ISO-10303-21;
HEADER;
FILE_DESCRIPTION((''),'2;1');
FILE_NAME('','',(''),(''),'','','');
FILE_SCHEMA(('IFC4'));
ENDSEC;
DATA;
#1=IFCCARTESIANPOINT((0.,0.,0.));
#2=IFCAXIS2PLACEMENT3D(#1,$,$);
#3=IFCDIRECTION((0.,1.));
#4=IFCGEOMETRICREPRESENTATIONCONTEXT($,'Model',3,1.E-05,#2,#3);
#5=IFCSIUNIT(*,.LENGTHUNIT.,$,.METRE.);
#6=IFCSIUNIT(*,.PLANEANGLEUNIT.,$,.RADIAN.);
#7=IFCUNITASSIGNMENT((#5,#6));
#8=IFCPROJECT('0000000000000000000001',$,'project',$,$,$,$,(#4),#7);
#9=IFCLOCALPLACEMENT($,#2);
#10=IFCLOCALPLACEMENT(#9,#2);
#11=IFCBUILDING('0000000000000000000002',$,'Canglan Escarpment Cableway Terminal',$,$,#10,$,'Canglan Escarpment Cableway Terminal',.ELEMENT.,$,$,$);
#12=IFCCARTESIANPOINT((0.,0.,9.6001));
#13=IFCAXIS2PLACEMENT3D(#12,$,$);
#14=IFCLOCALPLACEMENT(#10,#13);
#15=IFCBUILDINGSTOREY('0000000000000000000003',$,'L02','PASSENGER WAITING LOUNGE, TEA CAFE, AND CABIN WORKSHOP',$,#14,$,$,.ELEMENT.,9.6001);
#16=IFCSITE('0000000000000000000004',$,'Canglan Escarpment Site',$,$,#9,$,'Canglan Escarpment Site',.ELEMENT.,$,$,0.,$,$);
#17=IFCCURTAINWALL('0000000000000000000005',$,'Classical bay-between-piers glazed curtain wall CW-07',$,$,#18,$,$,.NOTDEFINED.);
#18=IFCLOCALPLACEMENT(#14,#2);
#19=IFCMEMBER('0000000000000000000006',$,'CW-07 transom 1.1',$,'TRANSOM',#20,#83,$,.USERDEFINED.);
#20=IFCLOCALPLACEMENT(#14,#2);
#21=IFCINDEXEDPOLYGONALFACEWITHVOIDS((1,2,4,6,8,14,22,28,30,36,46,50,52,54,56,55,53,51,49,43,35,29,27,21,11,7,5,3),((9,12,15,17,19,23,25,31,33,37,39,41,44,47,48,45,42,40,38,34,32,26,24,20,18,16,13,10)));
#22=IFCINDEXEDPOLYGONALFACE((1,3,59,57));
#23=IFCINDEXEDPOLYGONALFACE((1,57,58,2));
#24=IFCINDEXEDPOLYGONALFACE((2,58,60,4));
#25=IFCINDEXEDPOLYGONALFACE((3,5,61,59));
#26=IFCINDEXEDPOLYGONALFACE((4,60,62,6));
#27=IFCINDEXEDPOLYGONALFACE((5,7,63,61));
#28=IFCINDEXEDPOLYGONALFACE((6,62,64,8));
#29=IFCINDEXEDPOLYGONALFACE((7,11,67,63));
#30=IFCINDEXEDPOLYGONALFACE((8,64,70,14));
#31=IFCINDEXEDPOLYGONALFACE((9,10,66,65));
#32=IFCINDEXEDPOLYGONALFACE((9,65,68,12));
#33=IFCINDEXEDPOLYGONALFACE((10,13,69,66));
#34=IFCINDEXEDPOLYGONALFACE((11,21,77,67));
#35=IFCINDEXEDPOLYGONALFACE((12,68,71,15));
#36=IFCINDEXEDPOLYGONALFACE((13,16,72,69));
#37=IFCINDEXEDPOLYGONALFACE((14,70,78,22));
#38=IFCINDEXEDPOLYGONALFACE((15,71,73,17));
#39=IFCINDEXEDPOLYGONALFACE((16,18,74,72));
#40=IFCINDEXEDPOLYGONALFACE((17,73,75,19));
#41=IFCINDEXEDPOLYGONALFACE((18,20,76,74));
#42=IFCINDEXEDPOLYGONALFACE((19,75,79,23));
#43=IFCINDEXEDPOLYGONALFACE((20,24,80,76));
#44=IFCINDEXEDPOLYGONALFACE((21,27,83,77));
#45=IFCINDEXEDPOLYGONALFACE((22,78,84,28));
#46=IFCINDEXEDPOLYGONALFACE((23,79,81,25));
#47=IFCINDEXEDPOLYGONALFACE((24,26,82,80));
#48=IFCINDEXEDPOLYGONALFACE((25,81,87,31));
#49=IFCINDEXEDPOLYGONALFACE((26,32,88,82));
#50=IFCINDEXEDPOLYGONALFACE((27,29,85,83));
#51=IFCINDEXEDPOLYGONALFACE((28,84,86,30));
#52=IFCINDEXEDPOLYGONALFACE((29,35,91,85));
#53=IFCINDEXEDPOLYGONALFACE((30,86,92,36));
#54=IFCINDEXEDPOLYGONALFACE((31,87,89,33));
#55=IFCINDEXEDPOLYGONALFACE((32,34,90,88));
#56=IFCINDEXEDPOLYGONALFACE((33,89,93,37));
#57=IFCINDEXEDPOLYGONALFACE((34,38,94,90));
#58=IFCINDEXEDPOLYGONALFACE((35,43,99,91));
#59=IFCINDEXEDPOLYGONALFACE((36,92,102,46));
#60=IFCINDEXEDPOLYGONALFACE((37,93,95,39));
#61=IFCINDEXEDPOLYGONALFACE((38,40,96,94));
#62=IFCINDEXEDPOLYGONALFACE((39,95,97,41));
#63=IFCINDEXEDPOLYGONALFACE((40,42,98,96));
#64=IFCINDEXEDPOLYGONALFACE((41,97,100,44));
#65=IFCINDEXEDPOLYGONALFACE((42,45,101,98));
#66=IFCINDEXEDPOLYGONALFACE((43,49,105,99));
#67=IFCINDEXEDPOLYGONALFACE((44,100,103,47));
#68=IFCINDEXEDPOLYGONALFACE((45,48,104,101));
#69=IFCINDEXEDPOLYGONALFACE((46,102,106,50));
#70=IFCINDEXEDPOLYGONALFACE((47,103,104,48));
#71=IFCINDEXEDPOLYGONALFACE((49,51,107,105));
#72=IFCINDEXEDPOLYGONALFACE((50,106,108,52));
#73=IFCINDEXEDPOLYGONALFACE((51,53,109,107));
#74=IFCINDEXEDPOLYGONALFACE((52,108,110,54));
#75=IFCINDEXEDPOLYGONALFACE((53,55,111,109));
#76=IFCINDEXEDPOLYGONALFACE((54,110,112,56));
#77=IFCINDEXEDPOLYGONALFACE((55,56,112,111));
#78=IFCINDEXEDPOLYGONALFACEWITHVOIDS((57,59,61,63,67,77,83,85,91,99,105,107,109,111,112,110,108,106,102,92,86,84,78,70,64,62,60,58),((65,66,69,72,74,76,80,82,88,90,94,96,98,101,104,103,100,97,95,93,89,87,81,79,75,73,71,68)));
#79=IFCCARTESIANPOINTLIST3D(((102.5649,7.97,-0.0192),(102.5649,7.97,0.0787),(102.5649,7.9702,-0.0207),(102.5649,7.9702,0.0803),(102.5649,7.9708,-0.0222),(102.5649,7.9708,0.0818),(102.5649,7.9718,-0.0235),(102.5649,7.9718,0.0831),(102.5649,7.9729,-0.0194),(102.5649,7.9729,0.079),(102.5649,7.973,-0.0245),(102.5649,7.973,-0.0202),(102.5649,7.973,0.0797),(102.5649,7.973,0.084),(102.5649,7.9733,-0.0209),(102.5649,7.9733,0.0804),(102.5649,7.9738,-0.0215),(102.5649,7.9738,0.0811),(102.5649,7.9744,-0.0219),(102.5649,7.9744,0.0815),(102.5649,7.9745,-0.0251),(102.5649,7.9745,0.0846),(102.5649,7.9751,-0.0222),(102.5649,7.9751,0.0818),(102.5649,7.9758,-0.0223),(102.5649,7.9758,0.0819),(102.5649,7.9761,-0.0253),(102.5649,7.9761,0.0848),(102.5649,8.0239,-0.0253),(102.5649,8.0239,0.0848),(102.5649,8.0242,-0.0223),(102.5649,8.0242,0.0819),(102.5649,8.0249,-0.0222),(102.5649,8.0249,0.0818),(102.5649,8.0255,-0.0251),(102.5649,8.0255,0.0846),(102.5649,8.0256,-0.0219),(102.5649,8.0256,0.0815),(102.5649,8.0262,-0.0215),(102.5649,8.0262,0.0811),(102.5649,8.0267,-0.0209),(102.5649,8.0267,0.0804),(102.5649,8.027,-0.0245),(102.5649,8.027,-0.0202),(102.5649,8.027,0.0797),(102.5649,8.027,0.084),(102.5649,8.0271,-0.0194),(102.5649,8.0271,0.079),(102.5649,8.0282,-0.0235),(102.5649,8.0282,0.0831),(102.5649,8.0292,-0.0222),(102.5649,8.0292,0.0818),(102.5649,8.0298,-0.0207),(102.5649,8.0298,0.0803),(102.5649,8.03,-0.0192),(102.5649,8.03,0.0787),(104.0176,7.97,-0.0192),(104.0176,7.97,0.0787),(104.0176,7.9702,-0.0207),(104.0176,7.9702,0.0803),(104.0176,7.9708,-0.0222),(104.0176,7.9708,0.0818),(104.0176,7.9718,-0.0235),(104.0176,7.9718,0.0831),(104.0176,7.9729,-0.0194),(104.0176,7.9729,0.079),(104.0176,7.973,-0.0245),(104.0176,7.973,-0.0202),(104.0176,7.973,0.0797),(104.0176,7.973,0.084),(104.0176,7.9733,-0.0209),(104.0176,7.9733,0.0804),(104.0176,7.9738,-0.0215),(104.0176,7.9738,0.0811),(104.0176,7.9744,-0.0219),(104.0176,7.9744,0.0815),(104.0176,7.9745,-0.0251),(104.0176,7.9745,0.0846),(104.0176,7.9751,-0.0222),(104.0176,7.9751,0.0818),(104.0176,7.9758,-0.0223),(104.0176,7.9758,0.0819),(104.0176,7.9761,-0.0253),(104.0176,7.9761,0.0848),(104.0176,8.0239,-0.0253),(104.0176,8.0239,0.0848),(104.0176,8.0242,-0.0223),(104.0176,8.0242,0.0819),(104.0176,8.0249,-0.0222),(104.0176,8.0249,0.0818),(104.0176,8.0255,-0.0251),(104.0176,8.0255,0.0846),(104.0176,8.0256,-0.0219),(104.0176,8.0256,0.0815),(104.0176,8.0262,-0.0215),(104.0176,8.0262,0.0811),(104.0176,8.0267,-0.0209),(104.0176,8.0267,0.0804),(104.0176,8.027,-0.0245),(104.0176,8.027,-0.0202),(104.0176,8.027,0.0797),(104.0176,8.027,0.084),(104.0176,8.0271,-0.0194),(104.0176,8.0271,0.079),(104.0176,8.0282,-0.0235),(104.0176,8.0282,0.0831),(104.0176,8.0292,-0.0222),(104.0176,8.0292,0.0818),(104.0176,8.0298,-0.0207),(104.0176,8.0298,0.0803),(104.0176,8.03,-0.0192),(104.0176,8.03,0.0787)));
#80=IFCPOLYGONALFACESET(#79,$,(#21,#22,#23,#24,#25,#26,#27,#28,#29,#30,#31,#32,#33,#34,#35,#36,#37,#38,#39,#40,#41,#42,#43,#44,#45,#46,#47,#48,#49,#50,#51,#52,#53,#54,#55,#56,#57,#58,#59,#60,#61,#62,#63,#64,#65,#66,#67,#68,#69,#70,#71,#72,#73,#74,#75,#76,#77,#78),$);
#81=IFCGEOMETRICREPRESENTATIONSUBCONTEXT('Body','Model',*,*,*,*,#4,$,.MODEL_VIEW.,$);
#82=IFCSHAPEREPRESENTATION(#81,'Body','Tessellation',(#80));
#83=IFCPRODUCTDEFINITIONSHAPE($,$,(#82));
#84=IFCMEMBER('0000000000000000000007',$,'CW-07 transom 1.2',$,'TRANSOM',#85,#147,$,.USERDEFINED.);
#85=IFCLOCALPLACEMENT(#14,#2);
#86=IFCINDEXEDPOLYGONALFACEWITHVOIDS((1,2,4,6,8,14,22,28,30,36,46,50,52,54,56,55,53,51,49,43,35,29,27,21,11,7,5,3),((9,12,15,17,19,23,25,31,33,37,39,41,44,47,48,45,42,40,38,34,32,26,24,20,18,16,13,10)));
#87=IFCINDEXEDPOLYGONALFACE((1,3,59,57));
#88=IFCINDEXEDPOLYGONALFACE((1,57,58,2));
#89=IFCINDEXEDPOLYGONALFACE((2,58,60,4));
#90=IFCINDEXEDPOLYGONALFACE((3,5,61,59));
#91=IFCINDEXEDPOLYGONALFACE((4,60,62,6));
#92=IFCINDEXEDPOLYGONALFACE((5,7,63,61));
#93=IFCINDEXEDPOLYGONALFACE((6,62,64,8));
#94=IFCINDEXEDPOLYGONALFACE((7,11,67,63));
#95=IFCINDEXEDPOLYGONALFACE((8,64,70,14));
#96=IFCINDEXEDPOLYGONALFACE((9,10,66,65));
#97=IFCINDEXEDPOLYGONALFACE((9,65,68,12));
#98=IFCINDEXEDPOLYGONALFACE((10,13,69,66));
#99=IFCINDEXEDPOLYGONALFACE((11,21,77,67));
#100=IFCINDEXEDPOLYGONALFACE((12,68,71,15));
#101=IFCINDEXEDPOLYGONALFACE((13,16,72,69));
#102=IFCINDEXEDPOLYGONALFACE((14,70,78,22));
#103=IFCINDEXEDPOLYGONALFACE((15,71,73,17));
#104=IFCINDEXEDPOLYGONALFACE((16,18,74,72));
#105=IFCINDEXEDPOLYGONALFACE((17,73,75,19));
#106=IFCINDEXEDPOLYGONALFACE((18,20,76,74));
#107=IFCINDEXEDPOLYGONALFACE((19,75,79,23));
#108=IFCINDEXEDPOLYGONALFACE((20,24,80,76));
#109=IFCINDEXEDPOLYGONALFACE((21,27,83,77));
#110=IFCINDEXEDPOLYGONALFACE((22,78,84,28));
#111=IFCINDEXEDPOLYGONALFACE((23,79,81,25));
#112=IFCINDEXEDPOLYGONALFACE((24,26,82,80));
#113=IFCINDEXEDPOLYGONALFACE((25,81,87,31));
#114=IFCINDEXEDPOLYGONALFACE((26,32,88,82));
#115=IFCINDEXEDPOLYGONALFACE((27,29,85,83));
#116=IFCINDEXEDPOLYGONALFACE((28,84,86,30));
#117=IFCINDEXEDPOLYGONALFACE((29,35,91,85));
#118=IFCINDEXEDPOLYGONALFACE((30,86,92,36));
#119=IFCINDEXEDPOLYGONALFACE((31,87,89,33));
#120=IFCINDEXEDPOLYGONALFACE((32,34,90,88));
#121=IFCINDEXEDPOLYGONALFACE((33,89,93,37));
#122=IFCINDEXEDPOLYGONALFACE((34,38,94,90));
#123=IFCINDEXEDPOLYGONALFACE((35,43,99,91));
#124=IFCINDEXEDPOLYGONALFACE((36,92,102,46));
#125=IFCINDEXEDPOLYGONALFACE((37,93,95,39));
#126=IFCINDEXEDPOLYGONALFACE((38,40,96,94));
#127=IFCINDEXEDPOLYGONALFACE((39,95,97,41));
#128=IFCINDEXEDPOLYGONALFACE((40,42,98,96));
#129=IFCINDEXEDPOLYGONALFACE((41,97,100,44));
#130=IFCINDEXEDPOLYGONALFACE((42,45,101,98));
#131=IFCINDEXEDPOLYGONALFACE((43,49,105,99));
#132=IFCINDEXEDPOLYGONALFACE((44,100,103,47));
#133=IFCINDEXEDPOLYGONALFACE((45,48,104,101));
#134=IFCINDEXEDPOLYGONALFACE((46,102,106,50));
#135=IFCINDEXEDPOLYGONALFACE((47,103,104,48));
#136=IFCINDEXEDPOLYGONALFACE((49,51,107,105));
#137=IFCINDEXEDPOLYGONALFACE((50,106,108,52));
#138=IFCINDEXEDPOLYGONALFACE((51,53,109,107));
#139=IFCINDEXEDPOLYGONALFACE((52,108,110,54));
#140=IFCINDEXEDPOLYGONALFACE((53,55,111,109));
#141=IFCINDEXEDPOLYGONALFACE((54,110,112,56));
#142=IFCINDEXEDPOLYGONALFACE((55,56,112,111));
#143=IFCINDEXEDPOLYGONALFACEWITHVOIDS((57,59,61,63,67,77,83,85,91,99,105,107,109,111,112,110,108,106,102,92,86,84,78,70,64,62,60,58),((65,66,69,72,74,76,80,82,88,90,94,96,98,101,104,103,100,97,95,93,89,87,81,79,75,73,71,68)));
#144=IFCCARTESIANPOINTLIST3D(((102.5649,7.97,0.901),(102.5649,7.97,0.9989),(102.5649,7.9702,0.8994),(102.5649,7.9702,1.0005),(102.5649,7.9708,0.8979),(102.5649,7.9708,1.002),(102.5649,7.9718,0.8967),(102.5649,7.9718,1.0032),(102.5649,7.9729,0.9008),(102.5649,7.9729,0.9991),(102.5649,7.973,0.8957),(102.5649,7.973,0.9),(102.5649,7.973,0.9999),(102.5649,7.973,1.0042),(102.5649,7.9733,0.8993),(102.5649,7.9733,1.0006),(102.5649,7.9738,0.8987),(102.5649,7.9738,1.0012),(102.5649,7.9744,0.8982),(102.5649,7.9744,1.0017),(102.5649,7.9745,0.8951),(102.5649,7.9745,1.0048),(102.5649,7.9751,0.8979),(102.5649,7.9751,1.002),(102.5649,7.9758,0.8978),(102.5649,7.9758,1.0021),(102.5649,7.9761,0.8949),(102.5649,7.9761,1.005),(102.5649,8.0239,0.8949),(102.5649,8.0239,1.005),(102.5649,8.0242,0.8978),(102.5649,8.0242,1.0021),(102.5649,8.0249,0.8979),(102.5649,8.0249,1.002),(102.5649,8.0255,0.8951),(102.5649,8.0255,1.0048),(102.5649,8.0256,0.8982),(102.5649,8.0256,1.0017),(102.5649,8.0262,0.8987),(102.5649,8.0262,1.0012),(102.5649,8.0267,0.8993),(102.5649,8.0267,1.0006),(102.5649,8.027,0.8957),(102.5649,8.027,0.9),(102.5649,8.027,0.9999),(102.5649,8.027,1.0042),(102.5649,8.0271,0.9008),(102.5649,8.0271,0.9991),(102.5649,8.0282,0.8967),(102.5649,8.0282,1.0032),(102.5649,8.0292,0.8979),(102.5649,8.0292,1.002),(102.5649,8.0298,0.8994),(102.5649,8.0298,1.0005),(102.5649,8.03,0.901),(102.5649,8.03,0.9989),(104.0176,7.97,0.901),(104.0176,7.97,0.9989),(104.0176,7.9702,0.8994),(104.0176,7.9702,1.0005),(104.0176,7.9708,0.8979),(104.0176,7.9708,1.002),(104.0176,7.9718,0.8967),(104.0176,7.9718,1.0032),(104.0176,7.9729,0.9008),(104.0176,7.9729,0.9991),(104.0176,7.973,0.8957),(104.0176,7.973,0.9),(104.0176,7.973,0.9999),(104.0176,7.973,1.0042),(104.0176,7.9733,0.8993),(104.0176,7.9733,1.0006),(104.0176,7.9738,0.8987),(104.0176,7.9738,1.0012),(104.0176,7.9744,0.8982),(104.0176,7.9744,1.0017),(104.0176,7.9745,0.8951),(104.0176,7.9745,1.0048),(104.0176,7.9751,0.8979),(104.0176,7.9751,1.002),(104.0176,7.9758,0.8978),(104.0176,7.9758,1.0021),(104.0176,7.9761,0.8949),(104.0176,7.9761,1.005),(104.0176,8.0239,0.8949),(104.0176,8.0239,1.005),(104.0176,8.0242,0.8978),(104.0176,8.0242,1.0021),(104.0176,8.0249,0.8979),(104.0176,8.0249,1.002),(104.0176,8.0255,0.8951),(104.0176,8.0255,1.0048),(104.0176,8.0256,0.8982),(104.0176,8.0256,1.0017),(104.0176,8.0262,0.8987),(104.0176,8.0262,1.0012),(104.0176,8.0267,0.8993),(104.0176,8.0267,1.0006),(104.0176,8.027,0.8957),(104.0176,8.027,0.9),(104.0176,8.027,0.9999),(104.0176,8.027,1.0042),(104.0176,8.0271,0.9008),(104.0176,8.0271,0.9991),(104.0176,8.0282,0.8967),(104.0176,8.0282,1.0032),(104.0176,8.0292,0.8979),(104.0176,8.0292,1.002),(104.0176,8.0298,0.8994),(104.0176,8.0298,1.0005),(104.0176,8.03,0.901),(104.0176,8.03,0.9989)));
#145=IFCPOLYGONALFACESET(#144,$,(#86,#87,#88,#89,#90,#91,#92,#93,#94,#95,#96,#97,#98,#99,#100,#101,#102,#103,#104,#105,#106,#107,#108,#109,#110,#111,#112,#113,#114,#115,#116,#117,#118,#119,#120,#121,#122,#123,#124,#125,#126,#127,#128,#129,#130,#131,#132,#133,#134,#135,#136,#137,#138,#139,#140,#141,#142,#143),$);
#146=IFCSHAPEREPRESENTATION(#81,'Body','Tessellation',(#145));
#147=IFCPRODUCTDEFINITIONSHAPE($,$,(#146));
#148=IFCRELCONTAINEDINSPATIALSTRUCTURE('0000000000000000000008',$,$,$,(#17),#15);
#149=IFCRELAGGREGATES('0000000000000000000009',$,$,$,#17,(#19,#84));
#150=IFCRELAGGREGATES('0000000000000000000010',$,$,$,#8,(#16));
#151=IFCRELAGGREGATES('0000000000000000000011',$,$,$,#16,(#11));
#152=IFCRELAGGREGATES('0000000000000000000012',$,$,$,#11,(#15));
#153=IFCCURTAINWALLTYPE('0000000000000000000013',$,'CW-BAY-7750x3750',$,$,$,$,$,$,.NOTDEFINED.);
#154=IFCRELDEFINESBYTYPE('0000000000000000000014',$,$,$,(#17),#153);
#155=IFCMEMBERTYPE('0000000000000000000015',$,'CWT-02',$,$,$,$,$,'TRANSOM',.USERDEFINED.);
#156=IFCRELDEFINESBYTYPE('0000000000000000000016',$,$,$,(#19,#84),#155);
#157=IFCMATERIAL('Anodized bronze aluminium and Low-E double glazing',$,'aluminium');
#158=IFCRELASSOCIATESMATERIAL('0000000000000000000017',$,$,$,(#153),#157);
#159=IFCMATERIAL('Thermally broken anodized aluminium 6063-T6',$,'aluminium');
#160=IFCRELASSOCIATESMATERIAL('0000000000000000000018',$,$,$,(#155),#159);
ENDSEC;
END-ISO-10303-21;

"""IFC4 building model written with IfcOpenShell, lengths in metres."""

from ifc_helpers import new_model, si_unit, direction, frame, origin, origin_2d, place, context, subcontext, project, spatial, hollow_rectangle, extrude, material, material_profile, profile_set, type_object, element, aggregate, save


model = new_model("IFC4")

# Units and contexts
model_context = context("Model", 3, precision=1e-05, world=origin(), true_north=direction((0.0, 1.0)))
body_context = subcontext(model_context, "Body", "Model", "MODEL_VIEW")
ifc_project = project(units=[si_unit("LENGTHUNIT", "METRE"), si_unit("PLANEANGLEUNIT", "RADIAN")], contexts=[model_context])

# Site, building, storey
site_placement = place(None, origin())
site = spatial("IfcSite", under=ifc_project, at=site_placement, Name="Canglan Escarpment Site", LongName="Canglan Escarpment Site", CompositionType="ELEMENT", RefElevation=0.0)
building_placement = place(site_placement, origin())
building = spatial("IfcBuilding", under=site, at=building_placement, Name="Canglan Escarpment Cableway Terminal", LongName="Canglan Escarpment Cableway Terminal", CompositionType="ELEMENT")
storey_placement = place(building_placement, frame((0.0, 0.0, 9.6001)))
storey = spatial("IfcBuildingStorey", under=building, at=storey_placement, Name="L02", Description="PASSENGER WAITING LOUNGE, TEA CAFE, AND CABIN WORKSHOP", CompositionType="ELEMENT", Elevation=9.6001)

# Curtain wall, members
ifc_material_1 = material(Name="Anodized bronze aluminium and Low-E double glazing", Category="aluminium")
curtain_wall_type = type_object("IfcCurtainWallType", Name="CW-BAY-7750x3750", PredefinedType="NOTDEFINED", material=ifc_material_1)
curtain_wall_placement = place(storey_placement, origin())
curtain_wall = element("IfcCurtainWall", 1, at=curtain_wall_placement, inside=storey, type_object=curtain_wall_type, Name="Classical bay-between-piers glazed curtain wall CW-07", PredefinedType="NOTDEFINED")
ifc_material_2 = material(Name="Thermally broken anodized aluminium 6063-T6", Category="aluminium")
ifc_material_profile_1 = material_profile(ifc_material_2, hollow_rectangle(XDim=0.0601, YDim=0.1101, WallThickness=0.0029, InnerFilletRadius=0.0029, OuterFilletRadius=0.0061, at=origin_2d()), Name="ALU-TRAN 60x110x3")
ifc_profile_set_1 = profile_set([ifc_material_profile_1], Name="Thermally broken anodized aluminium 6063-T6")
member_type_1 = type_object("IfcMemberType", Name="CWT-02", ElementType="TRANSOM", PredefinedType="USERDEFINED", material=ifc_profile_set_1)
member_1_placement = place(storey_placement, frame((102.5649, 8.0, 0.0298), z_axis=(1.0, 0.0, 0.0), x_axis=(0.0, 1.0, 0.0)))
member_1 = element("IfcMember", 2, at=member_1_placement, type_object=member_type_1, Name="CW-07 transom 1.1", ObjectType="TRANSOM", PredefinedType="USERDEFINED", context=body_context, shape_type="SweptSolid", body=[
    extrude(hollow_rectangle(XDim=0.0601, YDim=0.1101, WallThickness=0.0029, InnerFilletRadius=0.0029, OuterFilletRadius=0.0061, at=origin_2d()), origin(), (0.0, 0.0, 1.0), 1.4526),
])
member_2_placement = place(storey_placement, frame((102.5649, 8.0, 0.95), z_axis=(1.0, 0.0, 0.0), x_axis=(0.0, 1.0, 0.0)))
member_2 = element("IfcMember", 3, at=member_2_placement, type_object=member_type_1, Name="CW-07 transom 1.2", ObjectType="TRANSOM", PredefinedType="USERDEFINED", context=body_context, shape_type="SweptSolid", body=[
    extrude(hollow_rectangle(XDim=0.0601, YDim=0.1101, WallThickness=0.0029, InnerFilletRadius=0.0029, OuterFilletRadius=0.0061, at=origin_2d()), origin(), (0.0, 0.0, 1.0), 1.4526),
])

aggregate(curtain_wall, [member_1, member_2])

save(model, "model.ifc")
